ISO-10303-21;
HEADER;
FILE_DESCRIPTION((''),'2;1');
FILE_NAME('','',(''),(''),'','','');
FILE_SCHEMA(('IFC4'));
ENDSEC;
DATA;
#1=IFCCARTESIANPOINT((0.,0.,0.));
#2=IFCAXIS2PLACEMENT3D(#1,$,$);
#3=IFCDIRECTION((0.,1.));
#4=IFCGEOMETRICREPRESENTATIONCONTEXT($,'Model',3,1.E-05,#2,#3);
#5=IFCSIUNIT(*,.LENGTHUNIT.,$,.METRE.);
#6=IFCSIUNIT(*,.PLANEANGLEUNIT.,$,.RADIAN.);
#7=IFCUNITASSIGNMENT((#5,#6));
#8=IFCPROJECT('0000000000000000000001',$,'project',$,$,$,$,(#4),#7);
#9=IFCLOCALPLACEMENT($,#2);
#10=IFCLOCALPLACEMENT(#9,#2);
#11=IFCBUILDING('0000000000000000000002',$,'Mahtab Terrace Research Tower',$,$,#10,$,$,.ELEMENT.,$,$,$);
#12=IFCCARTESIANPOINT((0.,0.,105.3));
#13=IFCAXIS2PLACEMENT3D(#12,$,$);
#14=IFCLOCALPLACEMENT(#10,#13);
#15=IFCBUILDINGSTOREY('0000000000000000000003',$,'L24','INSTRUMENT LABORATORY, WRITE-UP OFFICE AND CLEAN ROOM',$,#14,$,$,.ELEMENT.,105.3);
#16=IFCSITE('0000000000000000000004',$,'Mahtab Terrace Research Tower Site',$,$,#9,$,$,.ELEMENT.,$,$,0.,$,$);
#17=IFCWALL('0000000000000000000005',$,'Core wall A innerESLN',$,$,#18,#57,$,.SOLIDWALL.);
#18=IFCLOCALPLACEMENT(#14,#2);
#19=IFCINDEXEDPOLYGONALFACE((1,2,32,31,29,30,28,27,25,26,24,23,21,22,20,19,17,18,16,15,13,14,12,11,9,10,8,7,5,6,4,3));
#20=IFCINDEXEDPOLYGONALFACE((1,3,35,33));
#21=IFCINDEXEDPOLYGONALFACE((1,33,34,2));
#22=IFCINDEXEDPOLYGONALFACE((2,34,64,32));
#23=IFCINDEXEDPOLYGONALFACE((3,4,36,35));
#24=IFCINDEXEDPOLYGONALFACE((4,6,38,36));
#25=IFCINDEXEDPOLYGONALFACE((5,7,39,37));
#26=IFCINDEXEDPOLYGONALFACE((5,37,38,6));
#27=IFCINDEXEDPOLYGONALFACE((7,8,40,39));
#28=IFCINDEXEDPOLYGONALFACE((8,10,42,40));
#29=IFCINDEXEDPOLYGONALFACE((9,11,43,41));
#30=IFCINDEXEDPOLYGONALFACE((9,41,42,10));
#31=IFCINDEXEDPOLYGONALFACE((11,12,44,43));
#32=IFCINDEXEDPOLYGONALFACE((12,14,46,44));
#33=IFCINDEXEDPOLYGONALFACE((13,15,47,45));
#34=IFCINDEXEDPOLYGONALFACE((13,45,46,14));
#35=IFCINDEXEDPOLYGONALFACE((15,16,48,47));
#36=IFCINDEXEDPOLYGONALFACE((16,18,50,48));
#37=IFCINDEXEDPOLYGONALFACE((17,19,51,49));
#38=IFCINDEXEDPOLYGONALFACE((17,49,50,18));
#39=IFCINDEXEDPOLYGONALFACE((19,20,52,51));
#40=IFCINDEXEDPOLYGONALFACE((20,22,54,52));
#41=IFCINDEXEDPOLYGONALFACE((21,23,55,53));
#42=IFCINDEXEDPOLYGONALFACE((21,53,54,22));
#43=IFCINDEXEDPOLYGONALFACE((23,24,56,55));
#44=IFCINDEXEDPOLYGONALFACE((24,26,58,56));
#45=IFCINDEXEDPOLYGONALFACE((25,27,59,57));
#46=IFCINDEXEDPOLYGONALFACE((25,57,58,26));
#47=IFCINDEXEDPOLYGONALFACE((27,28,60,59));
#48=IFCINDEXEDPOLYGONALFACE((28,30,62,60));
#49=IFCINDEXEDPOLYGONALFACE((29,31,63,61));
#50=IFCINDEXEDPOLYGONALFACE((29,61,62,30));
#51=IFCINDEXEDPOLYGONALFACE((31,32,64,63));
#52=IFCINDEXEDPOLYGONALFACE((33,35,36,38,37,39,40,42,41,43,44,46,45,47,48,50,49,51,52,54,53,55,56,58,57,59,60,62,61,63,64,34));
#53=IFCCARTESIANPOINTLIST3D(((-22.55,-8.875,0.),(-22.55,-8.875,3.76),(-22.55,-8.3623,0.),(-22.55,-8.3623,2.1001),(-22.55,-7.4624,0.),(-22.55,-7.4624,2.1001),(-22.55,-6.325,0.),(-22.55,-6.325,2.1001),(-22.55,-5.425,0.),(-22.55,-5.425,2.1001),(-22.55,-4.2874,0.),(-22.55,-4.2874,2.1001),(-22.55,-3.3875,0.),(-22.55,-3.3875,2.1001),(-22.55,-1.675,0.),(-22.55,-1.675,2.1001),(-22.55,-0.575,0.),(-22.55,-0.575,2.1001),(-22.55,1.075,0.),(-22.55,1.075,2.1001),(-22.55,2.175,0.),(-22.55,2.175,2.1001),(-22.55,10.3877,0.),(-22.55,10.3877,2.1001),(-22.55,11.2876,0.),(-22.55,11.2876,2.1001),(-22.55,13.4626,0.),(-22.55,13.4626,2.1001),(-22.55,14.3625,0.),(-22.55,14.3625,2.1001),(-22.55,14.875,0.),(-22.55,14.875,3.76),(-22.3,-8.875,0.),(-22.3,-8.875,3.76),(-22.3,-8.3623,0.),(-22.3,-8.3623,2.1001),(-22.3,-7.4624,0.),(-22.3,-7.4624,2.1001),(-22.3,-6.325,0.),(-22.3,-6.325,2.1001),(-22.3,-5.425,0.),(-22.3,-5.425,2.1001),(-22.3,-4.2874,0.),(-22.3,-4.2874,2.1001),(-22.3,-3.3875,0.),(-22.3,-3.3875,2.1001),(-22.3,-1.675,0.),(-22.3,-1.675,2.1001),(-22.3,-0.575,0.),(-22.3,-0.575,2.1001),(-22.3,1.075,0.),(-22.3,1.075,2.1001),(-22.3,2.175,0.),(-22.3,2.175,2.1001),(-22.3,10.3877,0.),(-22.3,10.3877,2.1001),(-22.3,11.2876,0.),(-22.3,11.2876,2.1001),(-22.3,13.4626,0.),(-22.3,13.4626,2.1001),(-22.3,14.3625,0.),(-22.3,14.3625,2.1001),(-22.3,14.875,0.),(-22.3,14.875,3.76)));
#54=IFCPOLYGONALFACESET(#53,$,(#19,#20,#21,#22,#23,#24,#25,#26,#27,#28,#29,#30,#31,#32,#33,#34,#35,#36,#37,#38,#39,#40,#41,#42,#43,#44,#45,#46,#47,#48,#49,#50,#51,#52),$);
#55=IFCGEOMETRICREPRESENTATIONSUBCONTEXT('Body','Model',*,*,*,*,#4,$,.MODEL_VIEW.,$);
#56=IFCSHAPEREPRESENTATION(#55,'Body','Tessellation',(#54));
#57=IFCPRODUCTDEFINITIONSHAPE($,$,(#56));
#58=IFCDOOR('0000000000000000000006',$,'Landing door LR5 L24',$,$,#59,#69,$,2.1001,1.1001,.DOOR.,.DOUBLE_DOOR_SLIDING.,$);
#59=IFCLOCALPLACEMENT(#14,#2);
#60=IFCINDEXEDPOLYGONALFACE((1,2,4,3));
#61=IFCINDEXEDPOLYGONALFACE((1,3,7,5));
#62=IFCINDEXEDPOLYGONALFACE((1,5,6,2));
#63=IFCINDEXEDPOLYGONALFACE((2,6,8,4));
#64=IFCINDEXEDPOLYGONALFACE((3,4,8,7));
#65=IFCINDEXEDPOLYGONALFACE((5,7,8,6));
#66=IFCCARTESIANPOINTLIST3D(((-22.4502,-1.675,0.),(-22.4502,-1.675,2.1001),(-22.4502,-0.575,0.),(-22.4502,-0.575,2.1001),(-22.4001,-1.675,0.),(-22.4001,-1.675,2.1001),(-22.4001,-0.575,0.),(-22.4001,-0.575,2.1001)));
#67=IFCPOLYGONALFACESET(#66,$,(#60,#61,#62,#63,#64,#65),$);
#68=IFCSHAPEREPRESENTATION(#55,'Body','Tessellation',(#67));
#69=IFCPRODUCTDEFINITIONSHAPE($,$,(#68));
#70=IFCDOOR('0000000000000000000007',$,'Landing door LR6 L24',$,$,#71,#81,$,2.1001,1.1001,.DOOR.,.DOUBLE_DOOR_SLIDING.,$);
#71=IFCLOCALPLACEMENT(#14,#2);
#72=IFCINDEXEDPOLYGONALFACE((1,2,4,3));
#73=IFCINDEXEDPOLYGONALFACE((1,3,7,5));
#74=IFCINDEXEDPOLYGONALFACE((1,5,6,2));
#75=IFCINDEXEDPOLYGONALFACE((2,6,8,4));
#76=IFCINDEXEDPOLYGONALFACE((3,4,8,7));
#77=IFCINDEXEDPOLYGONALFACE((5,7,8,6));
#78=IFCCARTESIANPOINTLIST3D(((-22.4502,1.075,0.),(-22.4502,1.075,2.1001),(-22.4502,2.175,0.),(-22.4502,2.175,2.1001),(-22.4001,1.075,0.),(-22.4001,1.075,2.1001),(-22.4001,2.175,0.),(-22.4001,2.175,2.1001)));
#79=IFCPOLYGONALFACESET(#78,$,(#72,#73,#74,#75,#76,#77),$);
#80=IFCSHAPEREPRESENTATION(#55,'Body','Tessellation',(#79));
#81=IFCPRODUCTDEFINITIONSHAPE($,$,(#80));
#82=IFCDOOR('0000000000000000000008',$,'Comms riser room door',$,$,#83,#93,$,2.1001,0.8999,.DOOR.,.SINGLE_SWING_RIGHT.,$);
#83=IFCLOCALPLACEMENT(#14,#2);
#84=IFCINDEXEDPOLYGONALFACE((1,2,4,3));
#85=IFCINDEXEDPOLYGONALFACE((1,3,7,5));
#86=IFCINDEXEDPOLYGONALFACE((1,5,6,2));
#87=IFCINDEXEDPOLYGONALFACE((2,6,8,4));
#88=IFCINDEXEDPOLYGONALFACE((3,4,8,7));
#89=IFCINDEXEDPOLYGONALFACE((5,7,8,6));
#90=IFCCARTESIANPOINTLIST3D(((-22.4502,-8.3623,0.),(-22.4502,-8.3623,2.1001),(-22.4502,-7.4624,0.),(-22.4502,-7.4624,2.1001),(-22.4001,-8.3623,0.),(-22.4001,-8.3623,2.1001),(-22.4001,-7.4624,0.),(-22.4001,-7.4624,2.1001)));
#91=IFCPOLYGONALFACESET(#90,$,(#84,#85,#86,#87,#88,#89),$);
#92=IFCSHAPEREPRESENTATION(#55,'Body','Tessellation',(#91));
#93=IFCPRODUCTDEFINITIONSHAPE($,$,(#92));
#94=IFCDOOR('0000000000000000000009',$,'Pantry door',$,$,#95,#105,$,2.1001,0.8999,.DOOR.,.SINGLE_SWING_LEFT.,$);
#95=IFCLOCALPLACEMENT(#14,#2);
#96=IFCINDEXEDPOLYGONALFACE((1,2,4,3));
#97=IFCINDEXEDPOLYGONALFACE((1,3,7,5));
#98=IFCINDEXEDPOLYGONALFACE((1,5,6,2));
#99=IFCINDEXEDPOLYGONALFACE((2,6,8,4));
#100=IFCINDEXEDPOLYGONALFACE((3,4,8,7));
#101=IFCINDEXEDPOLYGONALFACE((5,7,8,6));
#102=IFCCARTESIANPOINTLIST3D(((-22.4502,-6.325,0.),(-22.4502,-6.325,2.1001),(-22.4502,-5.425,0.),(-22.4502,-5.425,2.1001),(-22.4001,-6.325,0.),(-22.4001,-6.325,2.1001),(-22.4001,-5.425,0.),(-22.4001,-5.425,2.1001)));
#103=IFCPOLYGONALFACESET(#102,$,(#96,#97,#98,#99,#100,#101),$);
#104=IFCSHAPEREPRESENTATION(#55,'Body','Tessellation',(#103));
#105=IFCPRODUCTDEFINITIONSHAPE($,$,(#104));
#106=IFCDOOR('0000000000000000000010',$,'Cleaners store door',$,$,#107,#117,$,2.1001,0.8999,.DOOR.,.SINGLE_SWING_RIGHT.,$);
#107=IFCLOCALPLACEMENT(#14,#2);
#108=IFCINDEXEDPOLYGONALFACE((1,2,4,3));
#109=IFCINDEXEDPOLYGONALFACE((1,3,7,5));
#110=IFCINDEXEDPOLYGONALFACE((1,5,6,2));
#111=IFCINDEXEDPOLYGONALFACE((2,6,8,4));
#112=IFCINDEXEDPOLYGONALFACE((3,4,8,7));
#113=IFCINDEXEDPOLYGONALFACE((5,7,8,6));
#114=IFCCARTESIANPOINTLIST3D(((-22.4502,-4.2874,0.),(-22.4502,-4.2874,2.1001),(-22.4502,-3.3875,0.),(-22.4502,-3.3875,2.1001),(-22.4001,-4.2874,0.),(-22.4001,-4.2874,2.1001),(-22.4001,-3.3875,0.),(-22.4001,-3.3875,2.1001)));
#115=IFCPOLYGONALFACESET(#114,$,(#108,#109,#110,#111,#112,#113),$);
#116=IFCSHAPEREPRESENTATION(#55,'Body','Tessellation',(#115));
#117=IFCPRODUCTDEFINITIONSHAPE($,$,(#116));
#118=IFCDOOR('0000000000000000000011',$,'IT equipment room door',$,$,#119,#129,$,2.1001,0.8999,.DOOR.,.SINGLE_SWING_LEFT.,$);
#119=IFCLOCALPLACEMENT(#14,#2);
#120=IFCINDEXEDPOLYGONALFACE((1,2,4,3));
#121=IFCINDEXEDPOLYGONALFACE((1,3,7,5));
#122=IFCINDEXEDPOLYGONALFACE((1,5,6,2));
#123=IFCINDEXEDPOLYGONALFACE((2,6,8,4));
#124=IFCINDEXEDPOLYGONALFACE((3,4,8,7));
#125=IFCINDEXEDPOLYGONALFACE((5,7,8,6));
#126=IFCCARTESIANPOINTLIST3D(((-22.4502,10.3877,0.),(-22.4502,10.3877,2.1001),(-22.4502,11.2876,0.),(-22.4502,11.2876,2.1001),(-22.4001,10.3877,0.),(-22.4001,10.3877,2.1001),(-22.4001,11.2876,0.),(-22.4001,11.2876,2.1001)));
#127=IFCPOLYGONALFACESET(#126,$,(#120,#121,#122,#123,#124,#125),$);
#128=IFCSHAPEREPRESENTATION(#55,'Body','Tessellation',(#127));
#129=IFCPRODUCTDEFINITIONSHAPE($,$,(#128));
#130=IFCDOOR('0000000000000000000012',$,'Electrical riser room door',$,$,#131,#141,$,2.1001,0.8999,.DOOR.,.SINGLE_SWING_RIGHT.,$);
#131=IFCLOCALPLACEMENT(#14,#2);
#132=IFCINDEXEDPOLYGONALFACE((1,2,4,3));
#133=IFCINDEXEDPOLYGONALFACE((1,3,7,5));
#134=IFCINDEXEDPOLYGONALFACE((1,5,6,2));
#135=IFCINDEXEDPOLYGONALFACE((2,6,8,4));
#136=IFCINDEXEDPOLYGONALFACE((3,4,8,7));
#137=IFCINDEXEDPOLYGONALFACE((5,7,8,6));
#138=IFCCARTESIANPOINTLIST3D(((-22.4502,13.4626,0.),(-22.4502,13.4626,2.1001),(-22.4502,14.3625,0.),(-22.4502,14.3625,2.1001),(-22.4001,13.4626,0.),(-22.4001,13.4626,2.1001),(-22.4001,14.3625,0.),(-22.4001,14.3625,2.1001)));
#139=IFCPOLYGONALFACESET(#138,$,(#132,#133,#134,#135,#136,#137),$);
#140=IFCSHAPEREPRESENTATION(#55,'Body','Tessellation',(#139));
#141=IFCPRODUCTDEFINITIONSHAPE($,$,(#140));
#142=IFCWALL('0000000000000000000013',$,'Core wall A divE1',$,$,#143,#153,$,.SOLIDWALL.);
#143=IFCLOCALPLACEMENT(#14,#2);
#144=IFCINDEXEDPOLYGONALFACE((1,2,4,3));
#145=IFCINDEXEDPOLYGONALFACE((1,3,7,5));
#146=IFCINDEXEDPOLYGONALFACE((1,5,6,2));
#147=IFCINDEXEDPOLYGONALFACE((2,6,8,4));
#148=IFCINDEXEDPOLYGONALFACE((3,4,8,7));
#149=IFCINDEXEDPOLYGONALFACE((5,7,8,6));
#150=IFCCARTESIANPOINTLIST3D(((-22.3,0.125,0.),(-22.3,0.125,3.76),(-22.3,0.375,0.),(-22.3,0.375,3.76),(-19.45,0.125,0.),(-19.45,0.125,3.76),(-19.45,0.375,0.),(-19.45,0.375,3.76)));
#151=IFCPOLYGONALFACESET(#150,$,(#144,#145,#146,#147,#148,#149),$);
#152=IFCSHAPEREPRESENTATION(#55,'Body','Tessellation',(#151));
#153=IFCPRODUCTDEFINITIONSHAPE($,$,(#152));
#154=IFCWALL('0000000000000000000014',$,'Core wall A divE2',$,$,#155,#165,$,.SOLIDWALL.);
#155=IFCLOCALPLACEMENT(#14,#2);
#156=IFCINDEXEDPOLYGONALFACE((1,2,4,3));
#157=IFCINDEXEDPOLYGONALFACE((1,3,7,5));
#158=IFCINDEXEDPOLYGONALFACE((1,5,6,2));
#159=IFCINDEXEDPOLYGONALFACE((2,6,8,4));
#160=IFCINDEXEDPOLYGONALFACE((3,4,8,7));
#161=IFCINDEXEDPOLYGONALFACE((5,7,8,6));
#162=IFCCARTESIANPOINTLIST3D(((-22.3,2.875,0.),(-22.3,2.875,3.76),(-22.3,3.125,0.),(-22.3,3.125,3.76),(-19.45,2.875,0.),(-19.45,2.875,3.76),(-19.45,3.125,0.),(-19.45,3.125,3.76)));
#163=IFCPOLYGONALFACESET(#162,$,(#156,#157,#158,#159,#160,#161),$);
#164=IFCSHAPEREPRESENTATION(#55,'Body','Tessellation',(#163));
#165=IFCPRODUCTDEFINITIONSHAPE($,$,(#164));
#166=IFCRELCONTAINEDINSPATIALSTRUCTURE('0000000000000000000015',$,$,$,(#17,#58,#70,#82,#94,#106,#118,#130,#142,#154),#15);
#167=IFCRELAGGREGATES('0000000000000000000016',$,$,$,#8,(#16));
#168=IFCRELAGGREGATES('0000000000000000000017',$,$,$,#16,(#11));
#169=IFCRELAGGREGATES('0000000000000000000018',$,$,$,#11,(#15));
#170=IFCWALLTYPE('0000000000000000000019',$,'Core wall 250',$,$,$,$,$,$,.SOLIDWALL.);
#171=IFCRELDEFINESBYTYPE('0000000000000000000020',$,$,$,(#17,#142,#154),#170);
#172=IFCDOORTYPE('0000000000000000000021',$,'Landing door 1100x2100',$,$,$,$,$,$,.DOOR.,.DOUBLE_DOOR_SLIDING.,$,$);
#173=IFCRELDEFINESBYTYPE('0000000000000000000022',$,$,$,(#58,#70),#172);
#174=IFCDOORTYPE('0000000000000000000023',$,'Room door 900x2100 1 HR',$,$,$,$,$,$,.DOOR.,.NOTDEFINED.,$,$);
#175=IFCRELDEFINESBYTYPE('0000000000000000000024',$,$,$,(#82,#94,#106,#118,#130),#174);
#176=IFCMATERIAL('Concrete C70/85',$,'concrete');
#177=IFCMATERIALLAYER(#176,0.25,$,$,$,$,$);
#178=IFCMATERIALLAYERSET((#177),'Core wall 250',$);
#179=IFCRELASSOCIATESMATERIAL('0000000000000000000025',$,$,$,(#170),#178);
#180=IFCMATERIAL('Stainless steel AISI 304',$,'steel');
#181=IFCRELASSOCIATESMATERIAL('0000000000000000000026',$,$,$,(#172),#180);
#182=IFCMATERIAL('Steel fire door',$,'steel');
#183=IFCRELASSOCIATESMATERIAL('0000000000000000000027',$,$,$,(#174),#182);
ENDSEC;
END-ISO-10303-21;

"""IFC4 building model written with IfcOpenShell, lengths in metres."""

from ifc_helpers import new_model, si_unit, direction, frame, frame_2d, origin, place, context, subcontext, project, spatial, rectangle, extrude, material, layer, layer_set, type_object, element, fill, save


model = new_model("IFC4")

# Units and contexts
model_context = context("Model", 3, precision=1e-05, world=origin(), true_north=direction((0.0, 1.0)))
body_context = subcontext(model_context, "Body", "Model", "MODEL_VIEW")
ifc_project = project(units=[si_unit("LENGTHUNIT", "METRE"), si_unit("PLANEANGLEUNIT", "RADIAN")], contexts=[model_context])

# Site, building, storey
site_placement = place(None, origin())
site = spatial("IfcSite", under=ifc_project, at=site_placement, Name="Mahtab Terrace Research Tower Site", CompositionType="ELEMENT", RefElevation=0.0)
building_placement = place(site_placement, origin())
building = spatial("IfcBuilding", under=site, at=building_placement, Name="Mahtab Terrace Research Tower", CompositionType="ELEMENT")
storey_placement = place(building_placement, frame((0.0, 0.0, 105.3)))
storey = spatial("IfcBuildingStorey", under=building, at=storey_placement, Name="L24", Description="INSTRUMENT LABORATORY, WRITE-UP OFFICE AND CLEAN ROOM", CompositionType="ELEMENT", Elevation=105.3)

# Shared definitions
ifc_material_1 = material(Name="Concrete C70/85", Category="concrete")

# Shared definitions
ifc_layer_1 = layer(ifc_material_1, 0.25)
ifc_layer_set_1 = layer_set([ifc_layer_1], Name="Core wall 250")
wall_type_1 = type_object("IfcWallType", Name="Core wall 250", PredefinedType="SOLIDWALL", material=ifc_layer_set_1)
ifc_material_2 = material(Name="Steel fire door", Category="steel")

# Wall, openings, doors
wall_1_placement = place(storey_placement, frame((-22.425, 14.875, 0.0), z_axis=(0.0, 0.0, 1.0), x_axis=(0.0, -1.0, 0.0)))
wall_1 = element("IfcWall", 1, at=wall_1_placement, inside=storey, type_object=wall_type_1, Name="Core wall A innerESLN", PredefinedType="SOLIDWALL", context=body_context, shape_type="SweptSolid", body=[
    extrude(rectangle(XDim=23.75, YDim=0.25, at=frame_2d((11.875, 0.0))), origin(), (0.0, 0.0, 1.0), 3.76),
])
opening_1_placement = place(wall_1_placement, frame((15.45, 0.0, 0.0)))
opening_1 = element("IfcOpeningElement", 2, at=opening_1_placement, cuts=wall_1, PredefinedType="OPENING", context=body_context, shape_type="SweptSolid", body=[
    extrude(rectangle(XDim=1.1001, YDim=2.1001, at=frame_2d((0.55, 1.05))), frame((0.0, 0.135, 0.0), z_axis=(0.0, -1.0, 0.0), x_axis=(1.0, 0.0, 0.0)), (0.0, 0.0, 1.0), 0.27),
])
opening_2_placement = place(wall_1_placement, frame((12.7, 0.0, 0.0)))
opening_2 = element("IfcOpeningElement", 3, at=opening_2_placement, cuts=wall_1, PredefinedType="OPENING", context=body_context, shape_type="SweptSolid", body=[
    extrude(rectangle(XDim=1.1001, YDim=2.1001, at=frame_2d((0.55, 1.05))), frame((0.0, 0.135, 0.0), z_axis=(0.0, -1.0, 0.0), x_axis=(1.0, 0.0, 0.0)), (0.0, 0.0, 1.0), 0.27),
])
opening_3_placement = place(wall_1_placement, frame((22.3374, 0.0, 0.0)))
opening_3 = element("IfcOpeningElement", 4, at=opening_3_placement, cuts=wall_1, PredefinedType="OPENING", context=body_context, shape_type="SweptSolid", body=[
    extrude(rectangle(XDim=0.8999, YDim=2.1001, at=frame_2d((0.45, 1.05))), frame((0.0, 0.135, 0.0), z_axis=(0.0, -1.0, 0.0), x_axis=(1.0, 0.0, 0.0)), (0.0, 0.0, 1.0), 0.27),
])
opening_4_placement = place(wall_1_placement, frame((20.3, 0.0, 0.0)))
opening_4 = element("IfcOpeningElement", 5, at=opening_4_placement, cuts=wall_1, PredefinedType="OPENING", context=body_context, shape_type="SweptSolid", body=[
    extrude(rectangle(XDim=0.8999, YDim=2.1001, at=frame_2d((0.45, 1.05))), frame((0.0, 0.135, 0.0), z_axis=(0.0, -1.0, 0.0), x_axis=(1.0, 0.0, 0.0)), (0.0, 0.0, 1.0), 0.27),
])
opening_5_placement = place(wall_1_placement, frame((18.2625, 0.0, 0.0)))
opening_5 = element("IfcOpeningElement", 6, at=opening_5_placement, cuts=wall_1, PredefinedType="OPENING", context=body_context, shape_type="SweptSolid", body=[
    extrude(rectangle(XDim=0.8999, YDim=2.1001, at=frame_2d((0.45, 1.05))), frame((0.0, 0.135, 0.0), z_axis=(0.0, -1.0, 0.0), x_axis=(1.0, 0.0, 0.0)), (0.0, 0.0, 1.0), 0.27),
])
opening_6_placement = place(wall_1_placement, frame((3.5874, 0.0, 0.0)))
opening_6 = element("IfcOpeningElement", 7, at=opening_6_placement, cuts=wall_1, PredefinedType="OPENING", context=body_context, shape_type="SweptSolid", body=[
    extrude(rectangle(XDim=0.8999, YDim=2.1001, at=frame_2d((0.45, 1.05))), frame((0.0, 0.135, 0.0), z_axis=(0.0, -1.0, 0.0), x_axis=(1.0, 0.0, 0.0)), (0.0, 0.0, 1.0), 0.27),
])
opening_7_placement = place(wall_1_placement, frame((0.5125, 0.0, 0.0)))
opening_7 = element("IfcOpeningElement", 8, at=opening_7_placement, cuts=wall_1, PredefinedType="OPENING", context=body_context, shape_type="SweptSolid", body=[
    extrude(rectangle(XDim=0.8999, YDim=2.1001, at=frame_2d((0.45, 1.05))), frame((0.0, 0.135, 0.0), z_axis=(0.0, -1.0, 0.0), x_axis=(1.0, 0.0, 0.0)), (0.0, 0.0, 1.0), 0.27),
])
ifc_material_3 = material(Name="Stainless steel AISI 304", Category="steel")
door_type_1 = type_object("IfcDoorType", Name="Landing door 1100x2100", OperationType="DOUBLE_DOOR_SLIDING", PredefinedType="DOOR", material=ifc_material_3)
door_1_placement = place(opening_1_placement, origin())
door_1 = element("IfcDoor", 9, at=door_1_placement, inside=storey, type_object=door_type_1, Name="Landing door LR5 L24", OperationType="DOUBLE_DOOR_SLIDING", OverallHeight=2.1001, OverallWidth=1.1001, PredefinedType="DOOR", context=body_context, shape_type="SweptSolid", body=[
    extrude(rectangle(XDim=1.1001, YDim=2.1001, at=frame_2d((0.55, 1.05))), frame((0.0, 0.0249, 0.0), z_axis=(0.0, -1.0, 0.0), x_axis=(1.0, 0.0, 0.0)), (0.0, 0.0, 1.0), 0.05),
])
fill(opening_1, door_1)
door_2_placement = place(opening_2_placement, origin())
door_2 = element("IfcDoor", 10, at=door_2_placement, inside=storey, type_object=door_type_1, Name="Landing door LR6 L24", OperationType="DOUBLE_DOOR_SLIDING", OverallHeight=2.1001, OverallWidth=1.1001, PredefinedType="DOOR", context=body_context, shape_type="SweptSolid", body=[
    extrude(rectangle(XDim=1.1001, YDim=2.1001, at=frame_2d((0.55, 1.05))), frame((0.0, 0.0249, 0.0), z_axis=(0.0, -1.0, 0.0), x_axis=(1.0, 0.0, 0.0)), (0.0, 0.0, 1.0), 0.05),
])
fill(opening_2, door_2)
door_type_2 = type_object("IfcDoorType", Name="Room door 900x2100 1 HR", OperationType="NOTDEFINED", PredefinedType="DOOR", material=ifc_material_2)
door_3_placement = place(opening_3_placement, origin())
door_3 = element("IfcDoor", 11, at=door_3_placement, inside=storey, type_object=door_type_2, Name="Comms riser room door", OperationType="SINGLE_SWING_RIGHT", OverallHeight=2.1001, OverallWidth=0.8999, PredefinedType="DOOR", context=body_context, shape_type="SweptSolid", body=[
    extrude(rectangle(XDim=0.8999, YDim=2.1001, at=frame_2d((0.45, 1.05))), frame((0.0, 0.0249, 0.0), z_axis=(0.0, -1.0, 0.0), x_axis=(1.0, 0.0, 0.0)), (0.0, 0.0, 1.0), 0.05),
])
fill(opening_3, door_3)
door_4_placement = place(opening_4_placement, origin())
door_4 = element("IfcDoor", 12, at=door_4_placement, inside=storey, type_object=door_type_2, Name="Pantry door", OperationType="SINGLE_SWING_LEFT", OverallHeight=2.1001, OverallWidth=0.8999, PredefinedType="DOOR", context=body_context, shape_type="SweptSolid", body=[
    extrude(rectangle(XDim=0.8999, YDim=2.1001, at=frame_2d((0.45, 1.05))), frame((0.0, 0.0249, 0.0), z_axis=(0.0, -1.0, 0.0), x_axis=(1.0, 0.0, 0.0)), (0.0, 0.0, 1.0), 0.05),
])
fill(opening_4, door_4)
door_5_placement = place(opening_5_placement, origin())
door_5 = element("IfcDoor", 13, at=door_5_placement, inside=storey, type_object=door_type_2, Name="Cleaners store door", OperationType="SINGLE_SWING_RIGHT", OverallHeight=2.1001, OverallWidth=0.8999, PredefinedType="DOOR", context=body_context, shape_type="SweptSolid", body=[
    extrude(rectangle(XDim=0.8999, YDim=2.1001, at=frame_2d((0.45, 1.05))), frame((0.0, 0.0249, 0.0), z_axis=(0.0, -1.0, 0.0), x_axis=(1.0, 0.0, 0.0)), (0.0, 0.0, 1.0), 0.05),
])
fill(opening_5, door_5)
door_6_placement = place(opening_6_placement, origin())
door_6 = element("IfcDoor", 14, at=door_6_placement, inside=storey, type_object=door_type_2, Name="IT equipment room door", OperationType="SINGLE_SWING_LEFT", OverallHeight=2.1001, OverallWidth=0.8999, PredefinedType="DOOR", context=body_context, shape_type="SweptSolid", body=[
    extrude(rectangle(XDim=0.8999, YDim=2.1001, at=frame_2d((0.45, 1.05))), frame((0.0, 0.0249, 0.0), z_axis=(0.0, -1.0, 0.0), x_axis=(1.0, 0.0, 0.0)), (0.0, 0.0, 1.0), 0.05),
])
fill(opening_6, door_6)
door_7_placement = place(opening_7_placement, origin())
door_7 = element("IfcDoor", 15, at=door_7_placement, inside=storey, type_object=door_type_2, Name="Electrical riser room door", OperationType="SINGLE_SWING_RIGHT", OverallHeight=2.1001, OverallWidth=0.8999, PredefinedType="DOOR", context=body_context, shape_type="SweptSolid", body=[
    extrude(rectangle(XDim=0.8999, YDim=2.1001, at=frame_2d((0.45, 1.05))), frame((0.0, 0.0249, 0.0), z_axis=(0.0, -1.0, 0.0), x_axis=(1.0, 0.0, 0.0)), (0.0, 0.0, 1.0), 0.05),
])
fill(opening_7, door_7)

# Walls
for number, where, z_axis, x_axis, name in (
    (16, (-22.3, 0.25, 0.0), (0.0, 0.0, 1.0), (1.0, 0.0, 0.0), "Core wall A divE1"),
    (17, (-22.3, 3.0, 0.0), (0.0, 0.0, 1.0), (1.0, 0.0, 0.0), "Core wall A divE2"),
):
    element("IfcWall", number, at=place(storey_placement, frame(where, z_axis=z_axis, x_axis=x_axis)), inside=storey, type_object=wall_type_1, Name=name, PredefinedType="SOLIDWALL", context=body_context, shape_type="SweptSolid", body=[
        extrude(rectangle(XDim=2.8501, YDim=0.25, at=frame_2d((1.425, 0.0))), origin(), (0.0, 0.0, 1.0), 3.76),
    ])

save(model, "model.ifc")
